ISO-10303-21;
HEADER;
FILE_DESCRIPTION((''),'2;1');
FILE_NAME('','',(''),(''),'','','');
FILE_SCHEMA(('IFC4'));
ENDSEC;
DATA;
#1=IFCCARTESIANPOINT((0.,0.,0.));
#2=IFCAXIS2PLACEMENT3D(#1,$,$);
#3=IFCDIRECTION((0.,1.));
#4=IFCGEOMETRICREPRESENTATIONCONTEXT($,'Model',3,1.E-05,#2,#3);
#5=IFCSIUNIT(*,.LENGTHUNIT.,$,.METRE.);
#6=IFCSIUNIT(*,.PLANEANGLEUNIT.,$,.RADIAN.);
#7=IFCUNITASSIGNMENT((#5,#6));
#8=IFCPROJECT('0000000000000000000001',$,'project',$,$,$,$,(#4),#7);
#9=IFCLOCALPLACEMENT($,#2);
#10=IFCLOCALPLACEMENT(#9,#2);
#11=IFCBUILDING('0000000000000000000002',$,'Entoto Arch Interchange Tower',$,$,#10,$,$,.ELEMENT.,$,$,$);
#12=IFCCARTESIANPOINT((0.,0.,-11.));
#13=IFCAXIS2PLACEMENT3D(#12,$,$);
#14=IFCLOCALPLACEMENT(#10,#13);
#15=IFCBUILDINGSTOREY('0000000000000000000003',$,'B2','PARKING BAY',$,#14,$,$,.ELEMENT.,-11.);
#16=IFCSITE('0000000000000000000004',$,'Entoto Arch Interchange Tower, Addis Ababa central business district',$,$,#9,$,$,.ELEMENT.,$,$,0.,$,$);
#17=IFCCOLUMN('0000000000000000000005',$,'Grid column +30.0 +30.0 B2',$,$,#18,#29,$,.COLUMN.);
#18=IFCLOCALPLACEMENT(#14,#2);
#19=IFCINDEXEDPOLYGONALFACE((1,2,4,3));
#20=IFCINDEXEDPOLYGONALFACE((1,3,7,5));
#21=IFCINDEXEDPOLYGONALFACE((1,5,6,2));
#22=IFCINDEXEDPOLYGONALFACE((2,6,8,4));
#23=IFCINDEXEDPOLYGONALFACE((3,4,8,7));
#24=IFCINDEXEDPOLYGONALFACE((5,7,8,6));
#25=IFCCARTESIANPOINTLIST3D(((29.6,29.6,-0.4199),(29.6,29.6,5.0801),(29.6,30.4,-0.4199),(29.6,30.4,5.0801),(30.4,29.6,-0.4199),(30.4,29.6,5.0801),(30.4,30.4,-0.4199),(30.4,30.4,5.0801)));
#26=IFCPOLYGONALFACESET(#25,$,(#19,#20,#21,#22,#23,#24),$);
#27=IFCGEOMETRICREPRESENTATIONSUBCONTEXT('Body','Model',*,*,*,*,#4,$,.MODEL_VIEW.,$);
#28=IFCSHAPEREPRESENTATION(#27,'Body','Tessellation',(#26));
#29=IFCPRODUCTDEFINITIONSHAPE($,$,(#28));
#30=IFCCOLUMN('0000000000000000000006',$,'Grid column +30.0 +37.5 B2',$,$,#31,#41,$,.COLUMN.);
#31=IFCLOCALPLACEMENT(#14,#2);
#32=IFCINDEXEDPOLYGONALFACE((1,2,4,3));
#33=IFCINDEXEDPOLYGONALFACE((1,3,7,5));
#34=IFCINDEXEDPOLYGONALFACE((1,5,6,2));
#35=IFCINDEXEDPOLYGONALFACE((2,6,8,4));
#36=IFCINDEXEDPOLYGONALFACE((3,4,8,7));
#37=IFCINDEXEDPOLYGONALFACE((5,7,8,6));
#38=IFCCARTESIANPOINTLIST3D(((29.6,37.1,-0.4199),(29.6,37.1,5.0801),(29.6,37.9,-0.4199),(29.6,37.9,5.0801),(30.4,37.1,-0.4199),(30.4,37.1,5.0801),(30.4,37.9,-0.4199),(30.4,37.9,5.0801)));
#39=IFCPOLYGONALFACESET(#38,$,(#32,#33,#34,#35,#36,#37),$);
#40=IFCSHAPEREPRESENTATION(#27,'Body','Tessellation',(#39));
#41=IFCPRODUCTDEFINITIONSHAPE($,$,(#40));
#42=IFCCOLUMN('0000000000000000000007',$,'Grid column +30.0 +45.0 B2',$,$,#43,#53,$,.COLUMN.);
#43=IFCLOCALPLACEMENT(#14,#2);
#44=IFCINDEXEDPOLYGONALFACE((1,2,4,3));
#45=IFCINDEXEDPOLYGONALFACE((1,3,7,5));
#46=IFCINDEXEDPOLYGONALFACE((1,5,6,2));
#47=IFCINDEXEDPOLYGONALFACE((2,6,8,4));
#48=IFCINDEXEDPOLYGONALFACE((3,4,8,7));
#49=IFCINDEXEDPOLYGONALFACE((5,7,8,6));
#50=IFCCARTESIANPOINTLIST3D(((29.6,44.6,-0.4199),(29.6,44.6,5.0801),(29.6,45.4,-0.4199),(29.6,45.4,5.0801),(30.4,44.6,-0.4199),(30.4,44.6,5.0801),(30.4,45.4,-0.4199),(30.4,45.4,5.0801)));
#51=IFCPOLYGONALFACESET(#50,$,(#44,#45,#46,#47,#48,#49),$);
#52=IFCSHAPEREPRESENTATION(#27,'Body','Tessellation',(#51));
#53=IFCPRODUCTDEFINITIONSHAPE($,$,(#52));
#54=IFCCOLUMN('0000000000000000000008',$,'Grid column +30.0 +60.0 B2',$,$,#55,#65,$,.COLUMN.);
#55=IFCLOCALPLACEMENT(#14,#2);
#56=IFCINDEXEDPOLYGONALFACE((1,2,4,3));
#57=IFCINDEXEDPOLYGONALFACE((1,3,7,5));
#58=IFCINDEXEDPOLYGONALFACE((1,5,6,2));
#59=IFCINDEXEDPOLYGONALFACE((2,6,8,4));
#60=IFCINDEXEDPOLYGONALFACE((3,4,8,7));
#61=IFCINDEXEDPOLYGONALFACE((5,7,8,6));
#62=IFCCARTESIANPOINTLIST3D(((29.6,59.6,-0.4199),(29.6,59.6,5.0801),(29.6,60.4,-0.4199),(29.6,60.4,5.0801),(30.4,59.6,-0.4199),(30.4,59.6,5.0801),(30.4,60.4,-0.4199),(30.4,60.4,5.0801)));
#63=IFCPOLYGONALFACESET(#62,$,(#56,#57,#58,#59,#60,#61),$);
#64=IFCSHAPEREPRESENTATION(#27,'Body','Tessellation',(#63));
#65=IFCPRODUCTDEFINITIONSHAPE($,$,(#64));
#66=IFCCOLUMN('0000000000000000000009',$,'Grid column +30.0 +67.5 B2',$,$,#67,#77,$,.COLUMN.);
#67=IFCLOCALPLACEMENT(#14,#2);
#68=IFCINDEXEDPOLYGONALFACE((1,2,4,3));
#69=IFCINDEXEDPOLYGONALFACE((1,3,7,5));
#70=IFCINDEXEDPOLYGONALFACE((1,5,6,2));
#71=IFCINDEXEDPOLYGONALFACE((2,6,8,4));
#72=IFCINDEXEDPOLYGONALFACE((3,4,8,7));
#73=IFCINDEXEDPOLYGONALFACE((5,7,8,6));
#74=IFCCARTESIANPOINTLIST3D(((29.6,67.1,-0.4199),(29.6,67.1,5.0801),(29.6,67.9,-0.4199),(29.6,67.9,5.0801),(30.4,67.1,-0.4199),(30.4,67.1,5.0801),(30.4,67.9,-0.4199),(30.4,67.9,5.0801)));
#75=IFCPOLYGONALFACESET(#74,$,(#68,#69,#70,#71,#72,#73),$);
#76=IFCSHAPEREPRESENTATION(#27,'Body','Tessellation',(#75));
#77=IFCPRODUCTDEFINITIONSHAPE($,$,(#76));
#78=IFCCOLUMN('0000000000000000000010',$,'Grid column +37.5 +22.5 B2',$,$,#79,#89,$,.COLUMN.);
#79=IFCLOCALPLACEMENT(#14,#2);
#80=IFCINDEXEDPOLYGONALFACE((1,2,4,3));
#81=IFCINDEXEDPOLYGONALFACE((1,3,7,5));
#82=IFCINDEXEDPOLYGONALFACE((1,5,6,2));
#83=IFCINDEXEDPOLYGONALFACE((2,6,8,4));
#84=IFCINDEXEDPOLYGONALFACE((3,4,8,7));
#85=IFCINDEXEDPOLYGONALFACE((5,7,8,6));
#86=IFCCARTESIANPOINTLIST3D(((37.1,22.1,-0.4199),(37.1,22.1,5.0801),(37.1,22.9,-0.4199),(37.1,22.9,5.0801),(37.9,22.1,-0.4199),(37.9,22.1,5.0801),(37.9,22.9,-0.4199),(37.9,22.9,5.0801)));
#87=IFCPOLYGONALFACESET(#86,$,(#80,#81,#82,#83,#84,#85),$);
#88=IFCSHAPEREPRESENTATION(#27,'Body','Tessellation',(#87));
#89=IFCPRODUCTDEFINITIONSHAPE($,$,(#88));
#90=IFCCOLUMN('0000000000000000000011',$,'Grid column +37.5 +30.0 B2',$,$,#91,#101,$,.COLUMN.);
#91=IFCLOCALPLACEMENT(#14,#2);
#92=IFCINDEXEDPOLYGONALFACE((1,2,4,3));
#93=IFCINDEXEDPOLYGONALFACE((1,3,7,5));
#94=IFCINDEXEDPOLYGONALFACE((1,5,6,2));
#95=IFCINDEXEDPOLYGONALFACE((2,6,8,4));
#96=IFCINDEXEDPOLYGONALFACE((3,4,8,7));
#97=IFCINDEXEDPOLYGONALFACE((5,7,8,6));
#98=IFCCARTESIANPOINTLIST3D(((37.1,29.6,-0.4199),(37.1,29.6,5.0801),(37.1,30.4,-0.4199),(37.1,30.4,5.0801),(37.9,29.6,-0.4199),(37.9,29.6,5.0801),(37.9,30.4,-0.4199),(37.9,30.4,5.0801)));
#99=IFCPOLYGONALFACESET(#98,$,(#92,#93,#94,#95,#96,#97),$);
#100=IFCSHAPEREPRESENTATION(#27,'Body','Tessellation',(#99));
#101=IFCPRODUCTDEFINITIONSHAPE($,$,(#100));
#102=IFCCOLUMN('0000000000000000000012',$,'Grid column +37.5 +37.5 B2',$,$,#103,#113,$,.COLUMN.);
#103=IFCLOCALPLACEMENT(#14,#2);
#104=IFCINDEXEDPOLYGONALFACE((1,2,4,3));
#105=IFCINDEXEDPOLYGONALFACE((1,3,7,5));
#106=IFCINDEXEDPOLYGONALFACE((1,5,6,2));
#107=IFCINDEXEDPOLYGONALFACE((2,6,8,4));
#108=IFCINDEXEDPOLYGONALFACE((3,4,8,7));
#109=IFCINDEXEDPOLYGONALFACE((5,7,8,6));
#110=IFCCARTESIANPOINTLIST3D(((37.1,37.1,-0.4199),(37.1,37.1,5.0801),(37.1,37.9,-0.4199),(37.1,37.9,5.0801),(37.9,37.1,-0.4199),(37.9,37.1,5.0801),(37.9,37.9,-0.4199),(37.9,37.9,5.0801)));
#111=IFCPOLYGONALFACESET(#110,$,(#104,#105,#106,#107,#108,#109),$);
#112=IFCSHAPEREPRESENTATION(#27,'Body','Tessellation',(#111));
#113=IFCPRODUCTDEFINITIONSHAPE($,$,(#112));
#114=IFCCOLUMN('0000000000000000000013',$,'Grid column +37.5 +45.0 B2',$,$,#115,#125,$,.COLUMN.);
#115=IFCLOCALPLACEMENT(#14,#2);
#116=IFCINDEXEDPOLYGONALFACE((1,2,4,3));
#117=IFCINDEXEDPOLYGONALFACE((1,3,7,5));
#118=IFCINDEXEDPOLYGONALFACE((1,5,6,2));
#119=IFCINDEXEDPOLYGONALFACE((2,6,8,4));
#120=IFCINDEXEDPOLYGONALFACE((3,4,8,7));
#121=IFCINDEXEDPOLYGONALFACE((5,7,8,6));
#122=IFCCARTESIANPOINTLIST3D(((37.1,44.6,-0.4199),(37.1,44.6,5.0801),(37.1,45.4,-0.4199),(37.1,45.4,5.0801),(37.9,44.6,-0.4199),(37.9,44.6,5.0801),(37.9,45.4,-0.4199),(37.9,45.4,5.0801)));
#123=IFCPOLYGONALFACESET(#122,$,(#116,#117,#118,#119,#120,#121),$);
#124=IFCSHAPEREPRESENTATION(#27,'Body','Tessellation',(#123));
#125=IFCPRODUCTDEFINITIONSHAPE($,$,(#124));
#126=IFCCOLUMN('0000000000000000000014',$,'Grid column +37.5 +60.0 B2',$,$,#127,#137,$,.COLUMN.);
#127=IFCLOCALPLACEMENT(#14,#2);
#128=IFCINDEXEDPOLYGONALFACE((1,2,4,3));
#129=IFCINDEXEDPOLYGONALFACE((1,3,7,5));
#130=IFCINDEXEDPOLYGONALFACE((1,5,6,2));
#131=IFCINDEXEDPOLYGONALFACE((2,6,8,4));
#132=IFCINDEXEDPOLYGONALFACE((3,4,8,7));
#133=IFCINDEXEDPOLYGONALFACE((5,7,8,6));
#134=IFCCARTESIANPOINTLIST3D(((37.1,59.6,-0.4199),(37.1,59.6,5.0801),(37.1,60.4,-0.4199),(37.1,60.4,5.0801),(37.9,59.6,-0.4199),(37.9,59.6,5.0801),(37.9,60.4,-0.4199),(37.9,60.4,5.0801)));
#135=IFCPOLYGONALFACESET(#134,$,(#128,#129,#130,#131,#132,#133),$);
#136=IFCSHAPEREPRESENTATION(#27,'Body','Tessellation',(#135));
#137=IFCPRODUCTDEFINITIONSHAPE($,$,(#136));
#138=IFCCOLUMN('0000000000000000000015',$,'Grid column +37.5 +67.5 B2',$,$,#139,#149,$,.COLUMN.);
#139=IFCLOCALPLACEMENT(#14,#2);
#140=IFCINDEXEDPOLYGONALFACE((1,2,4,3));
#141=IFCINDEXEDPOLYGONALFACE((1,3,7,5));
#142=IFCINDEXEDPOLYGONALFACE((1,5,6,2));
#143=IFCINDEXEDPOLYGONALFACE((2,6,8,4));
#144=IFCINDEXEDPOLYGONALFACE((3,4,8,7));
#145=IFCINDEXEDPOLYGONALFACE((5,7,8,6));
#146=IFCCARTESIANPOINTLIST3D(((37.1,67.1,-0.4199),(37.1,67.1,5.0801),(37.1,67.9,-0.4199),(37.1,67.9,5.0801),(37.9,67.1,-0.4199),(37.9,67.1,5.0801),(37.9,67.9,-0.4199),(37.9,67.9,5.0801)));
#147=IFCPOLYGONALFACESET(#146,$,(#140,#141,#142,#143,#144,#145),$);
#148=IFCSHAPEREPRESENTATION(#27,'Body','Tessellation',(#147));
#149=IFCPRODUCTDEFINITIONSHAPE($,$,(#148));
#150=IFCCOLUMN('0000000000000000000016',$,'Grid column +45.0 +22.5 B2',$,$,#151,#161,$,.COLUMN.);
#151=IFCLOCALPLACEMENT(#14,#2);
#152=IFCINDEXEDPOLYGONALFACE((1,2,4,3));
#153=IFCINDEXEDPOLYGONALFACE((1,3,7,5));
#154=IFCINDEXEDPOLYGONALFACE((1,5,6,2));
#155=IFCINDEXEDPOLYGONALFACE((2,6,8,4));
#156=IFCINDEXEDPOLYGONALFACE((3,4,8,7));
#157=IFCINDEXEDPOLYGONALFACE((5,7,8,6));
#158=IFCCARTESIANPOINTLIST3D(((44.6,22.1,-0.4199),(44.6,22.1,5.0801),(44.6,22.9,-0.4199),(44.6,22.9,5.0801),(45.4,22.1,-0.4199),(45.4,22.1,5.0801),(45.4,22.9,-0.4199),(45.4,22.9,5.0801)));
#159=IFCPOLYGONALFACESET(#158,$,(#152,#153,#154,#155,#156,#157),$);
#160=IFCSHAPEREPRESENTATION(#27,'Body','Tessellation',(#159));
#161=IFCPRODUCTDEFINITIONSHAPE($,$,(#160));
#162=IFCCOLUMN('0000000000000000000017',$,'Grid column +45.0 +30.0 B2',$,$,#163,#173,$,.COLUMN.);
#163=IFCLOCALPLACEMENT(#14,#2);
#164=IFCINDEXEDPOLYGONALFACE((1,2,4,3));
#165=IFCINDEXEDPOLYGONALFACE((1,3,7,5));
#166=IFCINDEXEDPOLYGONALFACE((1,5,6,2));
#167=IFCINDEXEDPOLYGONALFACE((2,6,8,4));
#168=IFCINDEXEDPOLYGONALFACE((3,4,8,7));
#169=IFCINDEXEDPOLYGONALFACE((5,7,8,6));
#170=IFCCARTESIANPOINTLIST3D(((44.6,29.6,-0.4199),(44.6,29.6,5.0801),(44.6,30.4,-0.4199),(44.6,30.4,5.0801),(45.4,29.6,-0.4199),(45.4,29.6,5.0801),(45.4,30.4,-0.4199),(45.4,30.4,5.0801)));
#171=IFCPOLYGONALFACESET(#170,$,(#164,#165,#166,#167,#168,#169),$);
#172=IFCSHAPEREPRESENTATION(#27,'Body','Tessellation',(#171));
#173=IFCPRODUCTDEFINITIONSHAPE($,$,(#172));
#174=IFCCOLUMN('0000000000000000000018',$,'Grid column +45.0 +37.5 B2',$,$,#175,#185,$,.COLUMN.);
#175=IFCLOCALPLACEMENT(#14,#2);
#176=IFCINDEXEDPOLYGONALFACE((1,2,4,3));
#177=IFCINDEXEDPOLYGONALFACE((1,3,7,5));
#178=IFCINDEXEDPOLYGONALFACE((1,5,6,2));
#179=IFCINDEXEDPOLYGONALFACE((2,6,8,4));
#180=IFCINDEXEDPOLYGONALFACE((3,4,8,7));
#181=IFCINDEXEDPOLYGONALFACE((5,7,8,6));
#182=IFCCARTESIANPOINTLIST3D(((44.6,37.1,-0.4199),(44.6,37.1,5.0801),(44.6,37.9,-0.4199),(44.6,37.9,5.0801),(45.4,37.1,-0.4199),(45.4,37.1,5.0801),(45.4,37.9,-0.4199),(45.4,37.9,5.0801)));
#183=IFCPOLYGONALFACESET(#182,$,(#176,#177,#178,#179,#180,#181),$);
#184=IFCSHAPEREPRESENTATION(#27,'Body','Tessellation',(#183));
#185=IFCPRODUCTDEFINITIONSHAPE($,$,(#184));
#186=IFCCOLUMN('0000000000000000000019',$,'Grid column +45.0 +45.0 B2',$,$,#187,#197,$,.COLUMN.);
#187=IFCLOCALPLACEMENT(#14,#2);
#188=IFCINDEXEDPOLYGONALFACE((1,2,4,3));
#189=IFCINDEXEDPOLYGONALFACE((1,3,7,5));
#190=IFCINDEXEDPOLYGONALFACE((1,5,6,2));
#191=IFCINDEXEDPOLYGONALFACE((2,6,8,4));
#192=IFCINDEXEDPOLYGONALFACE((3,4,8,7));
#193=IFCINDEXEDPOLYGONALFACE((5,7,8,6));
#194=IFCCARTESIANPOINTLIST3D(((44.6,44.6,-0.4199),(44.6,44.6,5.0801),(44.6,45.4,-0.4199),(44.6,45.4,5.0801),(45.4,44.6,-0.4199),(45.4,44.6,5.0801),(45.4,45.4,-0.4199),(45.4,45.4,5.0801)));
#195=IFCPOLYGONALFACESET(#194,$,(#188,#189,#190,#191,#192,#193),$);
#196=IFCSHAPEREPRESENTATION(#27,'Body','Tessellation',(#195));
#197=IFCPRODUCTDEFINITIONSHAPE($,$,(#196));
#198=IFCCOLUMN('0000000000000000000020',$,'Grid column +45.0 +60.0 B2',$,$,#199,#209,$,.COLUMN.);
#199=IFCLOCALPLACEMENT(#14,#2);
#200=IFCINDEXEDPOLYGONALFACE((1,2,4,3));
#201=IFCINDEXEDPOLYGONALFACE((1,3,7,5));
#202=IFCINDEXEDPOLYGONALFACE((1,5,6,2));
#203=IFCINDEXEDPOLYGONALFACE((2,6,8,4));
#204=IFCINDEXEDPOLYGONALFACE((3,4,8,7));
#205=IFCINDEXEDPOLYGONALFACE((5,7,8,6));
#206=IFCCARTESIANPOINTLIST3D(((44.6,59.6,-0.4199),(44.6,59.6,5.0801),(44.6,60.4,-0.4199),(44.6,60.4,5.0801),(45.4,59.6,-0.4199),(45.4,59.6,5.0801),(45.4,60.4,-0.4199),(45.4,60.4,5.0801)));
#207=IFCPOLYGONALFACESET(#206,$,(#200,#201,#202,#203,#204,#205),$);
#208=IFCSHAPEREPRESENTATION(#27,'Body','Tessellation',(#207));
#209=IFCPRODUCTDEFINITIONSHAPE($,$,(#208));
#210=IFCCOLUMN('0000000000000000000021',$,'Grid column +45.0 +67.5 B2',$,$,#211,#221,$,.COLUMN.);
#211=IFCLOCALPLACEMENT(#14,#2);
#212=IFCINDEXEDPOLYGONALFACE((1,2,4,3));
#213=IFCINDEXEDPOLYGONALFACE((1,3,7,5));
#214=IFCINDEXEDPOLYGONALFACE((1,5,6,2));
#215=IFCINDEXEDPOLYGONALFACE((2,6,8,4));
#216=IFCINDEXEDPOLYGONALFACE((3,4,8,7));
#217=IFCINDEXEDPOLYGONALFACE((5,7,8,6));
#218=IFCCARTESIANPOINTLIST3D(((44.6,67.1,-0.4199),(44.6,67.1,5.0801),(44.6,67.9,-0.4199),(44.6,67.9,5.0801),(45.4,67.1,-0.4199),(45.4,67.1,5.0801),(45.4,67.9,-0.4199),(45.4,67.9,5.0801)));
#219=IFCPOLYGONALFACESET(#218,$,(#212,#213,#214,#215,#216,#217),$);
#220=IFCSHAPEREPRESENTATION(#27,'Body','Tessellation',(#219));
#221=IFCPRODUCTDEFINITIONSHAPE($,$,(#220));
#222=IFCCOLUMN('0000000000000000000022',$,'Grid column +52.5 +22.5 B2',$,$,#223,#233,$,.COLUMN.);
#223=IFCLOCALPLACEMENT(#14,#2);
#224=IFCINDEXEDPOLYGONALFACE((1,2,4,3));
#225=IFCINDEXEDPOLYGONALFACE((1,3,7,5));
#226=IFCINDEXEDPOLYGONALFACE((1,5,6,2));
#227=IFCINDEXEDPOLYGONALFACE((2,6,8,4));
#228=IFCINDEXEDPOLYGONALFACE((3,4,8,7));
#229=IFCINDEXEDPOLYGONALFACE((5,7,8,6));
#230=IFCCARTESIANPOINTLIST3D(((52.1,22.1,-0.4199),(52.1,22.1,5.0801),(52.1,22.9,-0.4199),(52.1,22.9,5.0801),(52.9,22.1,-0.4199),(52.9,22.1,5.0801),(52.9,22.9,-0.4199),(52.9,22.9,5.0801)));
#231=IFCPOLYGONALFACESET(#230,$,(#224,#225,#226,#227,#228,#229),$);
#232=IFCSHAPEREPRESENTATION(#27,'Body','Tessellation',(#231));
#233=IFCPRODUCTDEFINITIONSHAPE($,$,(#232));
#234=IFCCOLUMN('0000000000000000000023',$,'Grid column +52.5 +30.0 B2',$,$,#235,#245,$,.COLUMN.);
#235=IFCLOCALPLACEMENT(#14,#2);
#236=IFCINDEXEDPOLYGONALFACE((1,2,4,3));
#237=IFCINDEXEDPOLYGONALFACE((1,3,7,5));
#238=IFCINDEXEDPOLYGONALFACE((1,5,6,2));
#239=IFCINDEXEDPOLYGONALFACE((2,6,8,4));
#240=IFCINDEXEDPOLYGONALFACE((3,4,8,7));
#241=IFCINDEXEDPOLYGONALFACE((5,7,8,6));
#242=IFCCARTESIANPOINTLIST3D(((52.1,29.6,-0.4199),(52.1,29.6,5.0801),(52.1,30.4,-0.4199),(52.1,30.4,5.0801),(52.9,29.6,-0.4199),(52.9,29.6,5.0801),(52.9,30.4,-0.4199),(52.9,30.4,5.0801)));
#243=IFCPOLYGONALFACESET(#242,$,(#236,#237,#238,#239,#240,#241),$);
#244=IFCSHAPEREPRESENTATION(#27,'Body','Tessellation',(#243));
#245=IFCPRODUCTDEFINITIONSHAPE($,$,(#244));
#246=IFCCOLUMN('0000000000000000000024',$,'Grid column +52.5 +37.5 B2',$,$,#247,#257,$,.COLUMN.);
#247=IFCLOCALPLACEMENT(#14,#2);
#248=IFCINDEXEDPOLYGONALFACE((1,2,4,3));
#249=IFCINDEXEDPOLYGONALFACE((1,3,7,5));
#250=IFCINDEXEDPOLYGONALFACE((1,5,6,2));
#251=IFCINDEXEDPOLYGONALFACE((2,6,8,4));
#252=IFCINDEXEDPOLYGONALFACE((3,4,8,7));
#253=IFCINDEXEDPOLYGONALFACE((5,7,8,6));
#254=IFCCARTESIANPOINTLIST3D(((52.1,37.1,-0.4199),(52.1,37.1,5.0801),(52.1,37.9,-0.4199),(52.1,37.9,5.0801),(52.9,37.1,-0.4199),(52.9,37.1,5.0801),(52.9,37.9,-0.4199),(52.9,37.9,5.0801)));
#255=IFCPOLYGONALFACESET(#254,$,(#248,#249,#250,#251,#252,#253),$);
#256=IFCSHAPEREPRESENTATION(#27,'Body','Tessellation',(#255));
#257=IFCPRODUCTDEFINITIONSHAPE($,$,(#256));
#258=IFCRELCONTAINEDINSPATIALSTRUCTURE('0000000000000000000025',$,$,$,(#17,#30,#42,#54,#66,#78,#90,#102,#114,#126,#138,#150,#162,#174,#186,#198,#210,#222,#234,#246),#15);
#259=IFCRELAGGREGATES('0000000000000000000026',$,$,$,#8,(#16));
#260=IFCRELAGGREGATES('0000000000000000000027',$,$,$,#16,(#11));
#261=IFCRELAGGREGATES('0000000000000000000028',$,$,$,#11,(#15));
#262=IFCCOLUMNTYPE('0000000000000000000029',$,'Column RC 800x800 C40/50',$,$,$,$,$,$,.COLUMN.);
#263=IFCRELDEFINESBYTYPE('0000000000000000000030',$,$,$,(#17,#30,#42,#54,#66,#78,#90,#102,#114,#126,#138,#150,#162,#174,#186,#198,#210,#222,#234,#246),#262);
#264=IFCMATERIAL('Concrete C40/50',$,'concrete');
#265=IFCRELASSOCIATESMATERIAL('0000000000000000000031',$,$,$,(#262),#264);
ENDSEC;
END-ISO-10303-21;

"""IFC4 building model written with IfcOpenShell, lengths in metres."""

from ifc_helpers import new_model, si_unit, direction, frame, origin, origin_2d, place, context, subcontext, project, spatial, rectangle, extrude, material, material_profile, profile_set, type_object, element, save


model = new_model("IFC4")

# Units and contexts
model_context = context("Model", 3, precision=1e-05, world=origin(), true_north=direction((0.0, 1.0)))
body_context = subcontext(model_context, "Body", "Model", "MODEL_VIEW")
ifc_project = project(units=[si_unit("LENGTHUNIT", "METRE"), si_unit("PLANEANGLEUNIT", "RADIAN")], contexts=[model_context])

# Site, building, storey
site_placement = place(None, origin())
site = spatial("IfcSite", under=ifc_project, at=site_placement, Name="Entoto Arch Interchange Tower, Addis Ababa central business district", CompositionType="ELEMENT", RefElevation=0.0)
building_placement = place(site_placement, origin())
building = spatial("IfcBuilding", under=site, at=building_placement, Name="Entoto Arch Interchange Tower", CompositionType="ELEMENT")
storey_placement = place(building_placement, frame((0.0, 0.0, -11.0)))
storey = spatial("IfcBuildingStorey", under=building, at=storey_placement, Name="B2", Description="PARKING BAY", CompositionType="ELEMENT", Elevation=-11.0)

# Columns
ifc_material = material(Name="Concrete C40/50", Category="concrete")
ifc_material_profile = material_profile(ifc_material, rectangle(XDim=0.8, YDim=0.8, at=origin_2d()))
ifc_profile_set = profile_set([ifc_material_profile], Name="Concrete C40/50")
column_type = type_object("IfcColumnType", Name="Column RC 800x800 C40/50", PredefinedType="COLUMN", material=ifc_profile_set)
for number, where, z_axis, x_axis, name in (
    (1, (30.0, 30.0, -0.4199), (0.0, 0.0, 1.0), (1.0, 0.0, 0.0), "Grid column +30.0 +30.0 B2"),
    (2, (30.0, 37.5, -0.4199), (0.0, 0.0, 1.0), (1.0, 0.0, 0.0), "Grid column +30.0 +37.5 B2"),
    (3, (30.0, 45.0, -0.4199), (0.0, 0.0, 1.0), (1.0, 0.0, 0.0), "Grid column +30.0 +45.0 B2"),
    (4, (30.0, 60.0, -0.4199), (0.0, 0.0, 1.0), (1.0, 0.0, 0.0), "Grid column +30.0 +60.0 B2"),
    (5, (30.0, 67.5, -0.4199), (0.0, 0.0, 1.0), (1.0, 0.0, 0.0), "Grid column +30.0 +67.5 B2"),
    (6, (37.5, 22.5, -0.4199), (0.0, 0.0, 1.0), (1.0, 0.0, 0.0), "Grid column +37.5 +22.5 B2"),
    (7, (37.5, 30.0, -0.4199), (0.0, 0.0, 1.0), (1.0, 0.0, 0.0), "Grid column +37.5 +30.0 B2"),
    (8, (37.5, 37.5, -0.4199), (0.0, 0.0, 1.0), (1.0, 0.0, 0.0), "Grid column +37.5 +37.5 B2"),
    (9, (37.5, 45.0, -0.4199), (0.0, 0.0, 1.0), (1.0, 0.0, 0.0), "Grid column +37.5 +45.0 B2"),
    (10, (37.5, 60.0, -0.4199), (0.0, 0.0, 1.0), (1.0, 0.0, 0.0), "Grid column +37.5 +60.0 B2"),
    (11, (37.5, 67.5, -0.4199), (0.0, 0.0, 1.0), (1.0, 0.0, 0.0), "Grid column +37.5 +67.5 B2"),
    (12, (45.0, 22.5, -0.4199), (0.0, 0.0, 1.0), (1.0, 0.0, 0.0), "Grid column +45.0 +22.5 B2"),
    (13, (45.0, 30.0, -0.4199), (0.0, 0.0, 1.0), (1.0, 0.0, 0.0), "Grid column +45.0 +30.0 B2"),
    (14, (45.0, 37.5, -0.4199), (0.0, 0.0, 1.0), (1.0, 0.0, 0.0), "Grid column +45.0 +37.5 B2"),
    (15, (45.0, 45.0, -0.4199), (0.0, 0.0, 1.0), (1.0, 0.0, 0.0), "Grid column +45.0 +45.0 B2"),
    (16, (45.0, 60.0, -0.4199), (0.0, 0.0, 1.0), (1.0, 0.0, 0.0), "Grid column +45.0 +60.0 B2"),
    (17, (45.0, 67.5, -0.4199), (0.0, 0.0, 1.0), (1.0, 0.0, 0.0), "Grid column +45.0 +67.5 B2"),
    (18, (52.5, 22.5, -0.4199), (0.0, 0.0, 1.0), (1.0, 0.0, 0.0), "Grid column +52.5 +22.5 B2"),
    (19, (52.5, 30.0, -0.4199), (0.0, 0.0, 1.0), (1.0, 0.0, 0.0), "Grid column +52.5 +30.0 B2"),
    (20, (52.5, 37.5, -0.4199), (0.0, 0.0, 1.0), (1.0, 0.0, 0.0), "Grid column +52.5 +37.5 B2"),
):
    element("IfcColumn", number, at=place(storey_placement, frame(where, z_axis=z_axis, x_axis=x_axis)), inside=storey, type_object=column_type, Name=name, PredefinedType="COLUMN", context=body_context, shape_type="SweptSolid", body=[
        extrude(rectangle(XDim=0.8, YDim=0.8, at=origin_2d()), origin(), (0.0, 0.0, 1.0), 5.5),
    ])

save(model, "model.ifc")
